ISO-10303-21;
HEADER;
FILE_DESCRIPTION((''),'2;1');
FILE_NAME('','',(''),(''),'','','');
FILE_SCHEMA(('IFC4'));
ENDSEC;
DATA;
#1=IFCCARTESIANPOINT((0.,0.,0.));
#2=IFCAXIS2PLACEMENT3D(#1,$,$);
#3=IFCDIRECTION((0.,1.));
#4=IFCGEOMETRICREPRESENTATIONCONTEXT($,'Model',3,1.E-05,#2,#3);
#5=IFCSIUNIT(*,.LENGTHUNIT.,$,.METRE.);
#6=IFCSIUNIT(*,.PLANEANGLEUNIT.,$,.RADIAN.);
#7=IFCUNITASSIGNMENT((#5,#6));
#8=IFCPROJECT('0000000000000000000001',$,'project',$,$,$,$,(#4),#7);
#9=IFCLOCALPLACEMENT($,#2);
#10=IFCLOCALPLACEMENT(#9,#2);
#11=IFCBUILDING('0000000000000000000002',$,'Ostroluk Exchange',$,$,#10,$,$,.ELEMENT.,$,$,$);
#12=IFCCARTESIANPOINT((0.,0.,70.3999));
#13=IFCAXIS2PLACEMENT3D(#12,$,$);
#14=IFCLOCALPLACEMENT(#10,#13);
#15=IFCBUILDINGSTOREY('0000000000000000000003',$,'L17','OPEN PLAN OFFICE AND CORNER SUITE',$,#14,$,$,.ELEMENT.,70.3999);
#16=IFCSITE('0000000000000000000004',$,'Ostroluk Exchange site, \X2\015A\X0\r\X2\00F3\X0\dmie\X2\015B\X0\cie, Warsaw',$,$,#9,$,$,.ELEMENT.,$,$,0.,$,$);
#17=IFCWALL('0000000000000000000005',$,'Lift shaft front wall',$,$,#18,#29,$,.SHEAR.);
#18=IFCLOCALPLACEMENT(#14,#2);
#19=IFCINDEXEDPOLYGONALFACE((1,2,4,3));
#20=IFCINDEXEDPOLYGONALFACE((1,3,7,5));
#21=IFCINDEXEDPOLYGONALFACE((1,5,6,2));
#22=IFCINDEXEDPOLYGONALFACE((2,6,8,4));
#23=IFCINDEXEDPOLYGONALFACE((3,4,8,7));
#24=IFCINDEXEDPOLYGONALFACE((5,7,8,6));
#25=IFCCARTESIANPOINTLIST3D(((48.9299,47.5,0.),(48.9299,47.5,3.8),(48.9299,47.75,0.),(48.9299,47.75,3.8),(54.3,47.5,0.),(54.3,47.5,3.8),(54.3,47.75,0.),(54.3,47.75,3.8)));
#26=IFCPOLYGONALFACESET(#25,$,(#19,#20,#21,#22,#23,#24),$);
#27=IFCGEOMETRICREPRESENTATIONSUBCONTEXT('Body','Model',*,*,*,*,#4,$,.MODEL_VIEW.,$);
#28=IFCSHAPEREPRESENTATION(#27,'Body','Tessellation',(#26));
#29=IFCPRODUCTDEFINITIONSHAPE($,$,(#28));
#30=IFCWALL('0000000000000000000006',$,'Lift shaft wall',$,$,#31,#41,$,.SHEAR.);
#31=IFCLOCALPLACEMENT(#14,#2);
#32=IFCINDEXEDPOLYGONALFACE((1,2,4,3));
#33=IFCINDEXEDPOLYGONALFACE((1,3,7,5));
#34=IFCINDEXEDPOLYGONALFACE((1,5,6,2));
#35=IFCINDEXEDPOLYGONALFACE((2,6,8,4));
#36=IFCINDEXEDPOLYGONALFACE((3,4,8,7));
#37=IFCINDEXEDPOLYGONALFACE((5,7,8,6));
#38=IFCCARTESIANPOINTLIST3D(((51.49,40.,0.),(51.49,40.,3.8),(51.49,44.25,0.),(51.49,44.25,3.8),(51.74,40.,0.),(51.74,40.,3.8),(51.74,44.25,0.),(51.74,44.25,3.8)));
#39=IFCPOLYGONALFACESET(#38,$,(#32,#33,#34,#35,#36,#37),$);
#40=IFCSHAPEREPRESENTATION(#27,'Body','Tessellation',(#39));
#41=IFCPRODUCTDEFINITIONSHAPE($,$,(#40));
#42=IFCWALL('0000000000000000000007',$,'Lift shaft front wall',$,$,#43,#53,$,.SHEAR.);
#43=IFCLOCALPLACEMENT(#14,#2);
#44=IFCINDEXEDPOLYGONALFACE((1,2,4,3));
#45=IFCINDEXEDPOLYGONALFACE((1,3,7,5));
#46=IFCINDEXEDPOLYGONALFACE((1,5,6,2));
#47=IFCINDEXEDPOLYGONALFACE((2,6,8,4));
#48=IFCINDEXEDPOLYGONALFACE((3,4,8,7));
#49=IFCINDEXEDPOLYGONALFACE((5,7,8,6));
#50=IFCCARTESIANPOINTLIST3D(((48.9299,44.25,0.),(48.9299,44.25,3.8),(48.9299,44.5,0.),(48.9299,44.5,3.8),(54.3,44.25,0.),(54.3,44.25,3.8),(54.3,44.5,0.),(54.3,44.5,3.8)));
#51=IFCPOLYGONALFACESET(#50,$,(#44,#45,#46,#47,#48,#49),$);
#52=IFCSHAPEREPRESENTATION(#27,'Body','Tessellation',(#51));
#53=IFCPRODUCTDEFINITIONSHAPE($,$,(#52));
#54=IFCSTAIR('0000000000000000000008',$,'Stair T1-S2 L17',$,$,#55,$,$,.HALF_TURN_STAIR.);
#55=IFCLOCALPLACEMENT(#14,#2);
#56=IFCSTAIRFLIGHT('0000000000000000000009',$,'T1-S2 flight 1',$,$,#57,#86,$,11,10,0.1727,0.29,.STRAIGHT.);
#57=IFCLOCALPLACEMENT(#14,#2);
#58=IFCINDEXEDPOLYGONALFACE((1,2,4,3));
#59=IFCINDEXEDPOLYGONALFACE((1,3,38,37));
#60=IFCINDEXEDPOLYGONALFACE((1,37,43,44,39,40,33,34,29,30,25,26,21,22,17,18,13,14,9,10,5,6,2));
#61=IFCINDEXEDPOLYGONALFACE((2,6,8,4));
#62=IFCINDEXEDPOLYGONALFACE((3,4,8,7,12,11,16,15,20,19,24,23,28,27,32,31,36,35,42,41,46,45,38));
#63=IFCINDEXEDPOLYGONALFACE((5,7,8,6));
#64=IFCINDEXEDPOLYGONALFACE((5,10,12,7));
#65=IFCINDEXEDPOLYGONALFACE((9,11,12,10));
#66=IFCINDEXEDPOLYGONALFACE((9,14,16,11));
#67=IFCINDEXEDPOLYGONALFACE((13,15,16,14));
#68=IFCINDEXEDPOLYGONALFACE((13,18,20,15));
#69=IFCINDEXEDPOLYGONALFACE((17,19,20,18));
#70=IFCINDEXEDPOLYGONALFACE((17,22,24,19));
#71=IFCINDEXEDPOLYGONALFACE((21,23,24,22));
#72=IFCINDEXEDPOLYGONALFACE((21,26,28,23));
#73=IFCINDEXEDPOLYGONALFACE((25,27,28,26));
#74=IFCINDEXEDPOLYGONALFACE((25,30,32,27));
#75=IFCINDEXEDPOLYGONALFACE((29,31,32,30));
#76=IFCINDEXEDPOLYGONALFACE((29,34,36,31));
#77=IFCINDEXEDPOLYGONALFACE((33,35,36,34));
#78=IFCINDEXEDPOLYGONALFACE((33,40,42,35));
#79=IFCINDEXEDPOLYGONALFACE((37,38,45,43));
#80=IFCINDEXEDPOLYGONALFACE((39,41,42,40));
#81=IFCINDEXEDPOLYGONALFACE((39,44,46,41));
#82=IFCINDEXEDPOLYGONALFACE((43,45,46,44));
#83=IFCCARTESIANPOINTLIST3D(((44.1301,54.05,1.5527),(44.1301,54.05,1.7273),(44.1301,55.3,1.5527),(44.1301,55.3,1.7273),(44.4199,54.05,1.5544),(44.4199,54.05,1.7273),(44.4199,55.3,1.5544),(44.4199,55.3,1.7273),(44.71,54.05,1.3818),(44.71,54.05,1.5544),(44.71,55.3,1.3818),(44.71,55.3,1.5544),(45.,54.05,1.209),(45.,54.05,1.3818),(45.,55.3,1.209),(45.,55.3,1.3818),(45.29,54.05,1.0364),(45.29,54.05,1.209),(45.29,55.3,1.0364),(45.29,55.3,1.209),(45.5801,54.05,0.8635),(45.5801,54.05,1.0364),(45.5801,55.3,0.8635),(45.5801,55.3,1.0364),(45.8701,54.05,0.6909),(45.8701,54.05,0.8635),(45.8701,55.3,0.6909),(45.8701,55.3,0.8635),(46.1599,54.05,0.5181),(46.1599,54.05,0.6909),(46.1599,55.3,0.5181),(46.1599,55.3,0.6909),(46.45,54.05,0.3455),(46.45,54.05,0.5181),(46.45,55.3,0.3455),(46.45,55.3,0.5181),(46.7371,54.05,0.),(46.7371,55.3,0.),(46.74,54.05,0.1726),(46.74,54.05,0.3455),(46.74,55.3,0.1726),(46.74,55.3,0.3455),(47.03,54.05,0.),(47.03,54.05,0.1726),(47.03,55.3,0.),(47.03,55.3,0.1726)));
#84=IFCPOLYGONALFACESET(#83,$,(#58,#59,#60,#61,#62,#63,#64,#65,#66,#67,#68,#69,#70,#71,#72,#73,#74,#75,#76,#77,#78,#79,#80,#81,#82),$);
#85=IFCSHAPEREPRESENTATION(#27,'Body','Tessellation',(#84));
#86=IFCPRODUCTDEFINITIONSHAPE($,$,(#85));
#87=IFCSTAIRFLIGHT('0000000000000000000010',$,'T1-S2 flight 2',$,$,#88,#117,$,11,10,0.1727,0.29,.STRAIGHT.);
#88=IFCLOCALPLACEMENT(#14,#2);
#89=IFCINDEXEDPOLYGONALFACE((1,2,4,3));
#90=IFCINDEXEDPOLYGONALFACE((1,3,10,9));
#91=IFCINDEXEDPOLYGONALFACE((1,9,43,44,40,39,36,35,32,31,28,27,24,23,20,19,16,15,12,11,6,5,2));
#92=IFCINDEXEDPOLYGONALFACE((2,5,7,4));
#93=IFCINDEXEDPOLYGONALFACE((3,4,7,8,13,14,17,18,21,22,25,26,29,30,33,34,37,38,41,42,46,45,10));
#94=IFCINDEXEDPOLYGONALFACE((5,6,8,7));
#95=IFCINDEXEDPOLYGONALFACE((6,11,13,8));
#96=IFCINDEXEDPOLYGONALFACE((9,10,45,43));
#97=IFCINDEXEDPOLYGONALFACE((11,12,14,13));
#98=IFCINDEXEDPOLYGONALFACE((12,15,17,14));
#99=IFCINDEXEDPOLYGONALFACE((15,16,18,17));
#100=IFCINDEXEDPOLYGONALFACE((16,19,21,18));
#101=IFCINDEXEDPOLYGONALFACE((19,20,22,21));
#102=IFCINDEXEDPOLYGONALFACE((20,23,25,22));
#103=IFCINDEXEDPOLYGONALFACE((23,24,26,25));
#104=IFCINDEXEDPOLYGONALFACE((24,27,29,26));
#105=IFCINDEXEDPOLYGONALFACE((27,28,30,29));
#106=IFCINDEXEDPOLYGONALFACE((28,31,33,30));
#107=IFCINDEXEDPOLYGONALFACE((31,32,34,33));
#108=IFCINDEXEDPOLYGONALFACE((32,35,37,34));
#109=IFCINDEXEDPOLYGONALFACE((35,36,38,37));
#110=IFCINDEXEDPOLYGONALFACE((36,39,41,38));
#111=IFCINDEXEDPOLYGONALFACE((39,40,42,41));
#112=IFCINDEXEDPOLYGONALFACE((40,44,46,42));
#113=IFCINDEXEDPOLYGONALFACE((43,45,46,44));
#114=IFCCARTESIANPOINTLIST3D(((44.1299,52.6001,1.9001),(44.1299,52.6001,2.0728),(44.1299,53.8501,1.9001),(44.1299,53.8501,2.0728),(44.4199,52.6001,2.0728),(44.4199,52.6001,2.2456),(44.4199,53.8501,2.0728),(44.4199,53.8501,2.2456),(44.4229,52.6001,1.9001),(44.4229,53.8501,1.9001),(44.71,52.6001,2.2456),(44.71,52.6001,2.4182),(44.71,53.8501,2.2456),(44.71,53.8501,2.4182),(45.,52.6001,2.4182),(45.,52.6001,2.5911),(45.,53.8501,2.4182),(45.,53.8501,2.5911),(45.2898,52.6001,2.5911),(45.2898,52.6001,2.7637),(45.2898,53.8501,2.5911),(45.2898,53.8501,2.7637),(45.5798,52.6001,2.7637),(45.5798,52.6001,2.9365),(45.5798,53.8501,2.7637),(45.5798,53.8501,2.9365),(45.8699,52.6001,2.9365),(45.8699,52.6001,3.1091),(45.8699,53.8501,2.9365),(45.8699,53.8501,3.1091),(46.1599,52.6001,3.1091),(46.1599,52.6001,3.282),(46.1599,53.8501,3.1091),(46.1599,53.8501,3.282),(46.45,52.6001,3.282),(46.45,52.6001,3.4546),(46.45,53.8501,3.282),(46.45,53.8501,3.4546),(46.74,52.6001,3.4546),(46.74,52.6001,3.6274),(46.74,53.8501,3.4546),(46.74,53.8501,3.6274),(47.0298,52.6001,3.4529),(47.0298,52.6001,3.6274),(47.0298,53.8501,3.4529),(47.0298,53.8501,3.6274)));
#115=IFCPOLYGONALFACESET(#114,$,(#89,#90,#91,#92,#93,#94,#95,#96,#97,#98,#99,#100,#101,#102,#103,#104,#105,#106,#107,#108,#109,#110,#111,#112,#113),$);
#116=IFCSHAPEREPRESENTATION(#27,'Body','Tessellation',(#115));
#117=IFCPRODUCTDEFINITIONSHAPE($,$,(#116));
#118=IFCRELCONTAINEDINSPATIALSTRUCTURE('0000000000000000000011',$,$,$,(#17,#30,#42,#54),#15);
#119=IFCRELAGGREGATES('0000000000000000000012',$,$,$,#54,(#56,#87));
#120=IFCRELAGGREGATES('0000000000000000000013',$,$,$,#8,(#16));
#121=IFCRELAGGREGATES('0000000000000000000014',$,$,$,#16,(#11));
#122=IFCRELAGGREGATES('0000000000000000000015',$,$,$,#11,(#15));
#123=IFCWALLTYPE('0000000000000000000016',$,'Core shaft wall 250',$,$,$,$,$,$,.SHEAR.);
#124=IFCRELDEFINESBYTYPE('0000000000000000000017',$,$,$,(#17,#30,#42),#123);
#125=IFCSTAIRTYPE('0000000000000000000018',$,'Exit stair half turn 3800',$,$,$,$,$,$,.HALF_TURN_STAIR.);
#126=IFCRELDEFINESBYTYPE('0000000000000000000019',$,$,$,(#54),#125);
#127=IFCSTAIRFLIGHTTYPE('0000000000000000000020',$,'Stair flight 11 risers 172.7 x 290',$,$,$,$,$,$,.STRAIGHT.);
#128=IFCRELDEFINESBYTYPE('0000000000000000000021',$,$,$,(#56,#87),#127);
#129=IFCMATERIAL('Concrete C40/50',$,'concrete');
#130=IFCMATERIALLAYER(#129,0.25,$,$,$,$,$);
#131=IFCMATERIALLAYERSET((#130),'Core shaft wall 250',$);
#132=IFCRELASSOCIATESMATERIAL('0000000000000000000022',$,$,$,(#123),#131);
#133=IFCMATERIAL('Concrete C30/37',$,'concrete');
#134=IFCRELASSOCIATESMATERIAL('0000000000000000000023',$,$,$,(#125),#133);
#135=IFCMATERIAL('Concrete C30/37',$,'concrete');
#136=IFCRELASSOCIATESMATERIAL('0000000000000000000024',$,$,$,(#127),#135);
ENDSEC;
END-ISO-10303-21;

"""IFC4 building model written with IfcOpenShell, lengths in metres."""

from ifc_helpers import new_model, si_unit, direction, frame, frame_2d, origin, place, context, subcontext, project, spatial, polyline, rectangle, outline, extrude, material, layer, layer_set, type_object, element, aggregate, save


model = new_model("IFC4")

# Units and contexts
model_context = context("Model", 3, precision=1e-05, world=origin(), true_north=direction((0.0, 1.0)))
body_context = subcontext(model_context, "Body", "Model", "MODEL_VIEW")
ifc_project = project(units=[si_unit("LENGTHUNIT", "METRE"), si_unit("PLANEANGLEUNIT", "RADIAN")], contexts=[model_context])

# Site, building, storey
site_placement = place(None, origin())
site = spatial("IfcSite", under=ifc_project, at=site_placement, Name="Ostroluk Exchange site, Śródmieście, Warsaw", CompositionType="ELEMENT", RefElevation=0.0)
building_placement = place(site_placement, origin())
building = spatial("IfcBuilding", under=site, at=building_placement, Name="Ostroluk Exchange", CompositionType="ELEMENT")
storey_placement = place(building_placement, frame((0.0, 0.0, 70.3999)))
storey = spatial("IfcBuildingStorey", under=building, at=storey_placement, Name="L17", Description="OPEN PLAN OFFICE AND CORNER SUITE", CompositionType="ELEMENT", Elevation=70.3999)

# Shared definitions
ifc_material_1 = material(Name="Concrete C40/50", Category="concrete")
ifc_layer_1 = layer(ifc_material_1, 0.25)
ifc_layer_set_1 = layer_set([ifc_layer_1], Name="Core shaft wall 250")
wall_type_1 = type_object("IfcWallType", Name="Core shaft wall 250", PredefinedType="SHEAR", material=ifc_layer_set_1)

# Walls
wall_1_placement = place(storey_placement, frame((48.9299, 47.625, 0.0), z_axis=(0.0, 0.0, 1.0), x_axis=(1.0, 0.0, 0.0)))
element("IfcWall", 1, at=wall_1_placement, inside=storey, type_object=wall_type_1, Name="Lift shaft front wall", PredefinedType="SHEAR", context=body_context, shape_type="SweptSolid", body=[
    extrude(rectangle(XDim=5.3701, YDim=0.25, at=frame_2d((2.6851, 0.0))), origin(), (0.0, 0.0, 1.0), 3.8),
])
wall_2_placement = place(storey_placement, frame((51.615, 44.25, 0.0), z_axis=(0.0, 0.0, 1.0), x_axis=(0.0, -1.0, 0.0)))
element("IfcWall", 2, at=wall_2_placement, inside=storey, type_object=wall_type_1, Name="Lift shaft wall", PredefinedType="SHEAR", context=body_context, shape_type="SweptSolid", body=[
    extrude(rectangle(XDim=4.25, YDim=0.25, at=frame_2d((2.125, 0.0))), origin(), (0.0, 0.0, 1.0), 3.8),
])
wall_3_placement = place(storey_placement, frame((48.9299, 44.375, 0.0), z_axis=(0.0, 0.0, 1.0), x_axis=(1.0, 0.0, 0.0)))
element("IfcWall", 3, at=wall_3_placement, inside=storey, type_object=wall_type_1, Name="Lift shaft front wall", PredefinedType="SHEAR", context=body_context, shape_type="SweptSolid", body=[
    extrude(rectangle(XDim=5.3701, YDim=0.25, at=frame_2d((2.6851, 0.0))), origin(), (0.0, 0.0, 1.0), 3.8),
])

# Stair, stair flights
ifc_material_2 = material(Name="Concrete C30/37", Category="concrete")
stair_type = type_object("IfcStairType", Name="Exit stair half turn 3800", PredefinedType="HALF_TURN_STAIR", material=ifc_material_2)
stair_placement = place(storey_placement, origin())
stair = element("IfcStair", 4, at=stair_placement, inside=storey, type_object=stair_type, Name="Stair T1-S2 L17", PredefinedType="HALF_TURN_STAIR")
ifc_material_3 = material(Name="Concrete C30/37", Category="concrete")
stair_flight_type = type_object("IfcStairFlightType", Name="Stair flight 11 risers 172.7 x 290", PredefinedType="STRAIGHT", material=ifc_material_3)
stair_flight_1_placement = place(storey_placement, frame((47.03, 54.675, 0.0), z_axis=(0.0, 0.0, 1.0), x_axis=(-1.0, 0.0, 0.0)))
stair_flight_1 = element("IfcStairFlight", 5, at=stair_flight_1_placement, type_object=stair_flight_type, Name="T1-S2 flight 1", NumberOfRisers=11, NumberOfTreads=10, PredefinedType="STRAIGHT", RiserHeight=0.1727, TreadLength=0.29, context=body_context, shape_type="SweptSolid", body=[
    extrude(outline(polyline([(0.0, 0.0), (0.0, 0.1726), (0.29, 0.1726), (0.29, 0.3455), (0.5801, 0.3455), (0.5801, 0.5181), (0.8701, 0.5181), (0.8701, 0.6909), (1.1599, 0.6909), (1.1599, 0.8635), (1.45, 0.8635), (1.45, 1.0364), (1.74, 1.0364), (1.74, 1.209), (2.03, 1.209), (2.03, 1.3818), (2.3201, 1.3818), (2.3201, 1.5544), (2.6101, 1.5544), (2.6101, 1.7273), (2.8999, 1.7273), (2.8999, 1.8999), (2.8999, 1.5527), (0.293, 0.0), (0.0, 0.0)])), frame((0.0, 0.625, 0.0), z_axis=(0.0, -1.0, 0.0), x_axis=(1.0, 0.0, 0.0)), (0.0, 0.0, 1.0), 1.25),
])
stair_flight_2_placement = place(storey_placement, frame((44.1299, 53.2251, 1.9001), z_axis=(0.0, 0.0, 1.0), x_axis=(1.0, 0.0, 0.0)))
stair_flight_2 = element("IfcStairFlight", 6, at=stair_flight_2_placement, type_object=stair_flight_type, Name="T1-S2 flight 2", NumberOfRisers=11, NumberOfTreads=10, PredefinedType="STRAIGHT", RiserHeight=0.1727, TreadLength=0.29, context=body_context, shape_type="SweptSolid", body=[
    extrude(outline(polyline([(0.0, 0.0), (0.0, 0.1726), (0.29, 0.1726), (0.29, 0.3455), (0.5801, 0.3455), (0.5801, 0.5181), (0.8701, 0.5181), (0.8701, 0.6909), (1.1599, 0.6909), (1.1599, 0.8635), (1.45, 0.8635), (1.45, 1.0364), (1.74, 1.0364), (1.74, 1.209), (2.03, 1.209), (2.03, 1.3818), (2.3201, 1.3818), (2.3201, 1.5544), (2.6101, 1.5544), (2.6101, 1.7273), (2.8999, 1.7273), (2.8999, 1.8999), (2.8999, 1.5527), (0.293, 0.0), (0.0, 0.0)])), frame((0.0, 0.625, 0.0), z_axis=(0.0, -1.0, 0.0), x_axis=(1.0, 0.0, 0.0)), (0.0, 0.0, 1.0), 1.25),
])
aggregate(stair, [stair_flight_1, stair_flight_2])

save(model, "model.ifc")
